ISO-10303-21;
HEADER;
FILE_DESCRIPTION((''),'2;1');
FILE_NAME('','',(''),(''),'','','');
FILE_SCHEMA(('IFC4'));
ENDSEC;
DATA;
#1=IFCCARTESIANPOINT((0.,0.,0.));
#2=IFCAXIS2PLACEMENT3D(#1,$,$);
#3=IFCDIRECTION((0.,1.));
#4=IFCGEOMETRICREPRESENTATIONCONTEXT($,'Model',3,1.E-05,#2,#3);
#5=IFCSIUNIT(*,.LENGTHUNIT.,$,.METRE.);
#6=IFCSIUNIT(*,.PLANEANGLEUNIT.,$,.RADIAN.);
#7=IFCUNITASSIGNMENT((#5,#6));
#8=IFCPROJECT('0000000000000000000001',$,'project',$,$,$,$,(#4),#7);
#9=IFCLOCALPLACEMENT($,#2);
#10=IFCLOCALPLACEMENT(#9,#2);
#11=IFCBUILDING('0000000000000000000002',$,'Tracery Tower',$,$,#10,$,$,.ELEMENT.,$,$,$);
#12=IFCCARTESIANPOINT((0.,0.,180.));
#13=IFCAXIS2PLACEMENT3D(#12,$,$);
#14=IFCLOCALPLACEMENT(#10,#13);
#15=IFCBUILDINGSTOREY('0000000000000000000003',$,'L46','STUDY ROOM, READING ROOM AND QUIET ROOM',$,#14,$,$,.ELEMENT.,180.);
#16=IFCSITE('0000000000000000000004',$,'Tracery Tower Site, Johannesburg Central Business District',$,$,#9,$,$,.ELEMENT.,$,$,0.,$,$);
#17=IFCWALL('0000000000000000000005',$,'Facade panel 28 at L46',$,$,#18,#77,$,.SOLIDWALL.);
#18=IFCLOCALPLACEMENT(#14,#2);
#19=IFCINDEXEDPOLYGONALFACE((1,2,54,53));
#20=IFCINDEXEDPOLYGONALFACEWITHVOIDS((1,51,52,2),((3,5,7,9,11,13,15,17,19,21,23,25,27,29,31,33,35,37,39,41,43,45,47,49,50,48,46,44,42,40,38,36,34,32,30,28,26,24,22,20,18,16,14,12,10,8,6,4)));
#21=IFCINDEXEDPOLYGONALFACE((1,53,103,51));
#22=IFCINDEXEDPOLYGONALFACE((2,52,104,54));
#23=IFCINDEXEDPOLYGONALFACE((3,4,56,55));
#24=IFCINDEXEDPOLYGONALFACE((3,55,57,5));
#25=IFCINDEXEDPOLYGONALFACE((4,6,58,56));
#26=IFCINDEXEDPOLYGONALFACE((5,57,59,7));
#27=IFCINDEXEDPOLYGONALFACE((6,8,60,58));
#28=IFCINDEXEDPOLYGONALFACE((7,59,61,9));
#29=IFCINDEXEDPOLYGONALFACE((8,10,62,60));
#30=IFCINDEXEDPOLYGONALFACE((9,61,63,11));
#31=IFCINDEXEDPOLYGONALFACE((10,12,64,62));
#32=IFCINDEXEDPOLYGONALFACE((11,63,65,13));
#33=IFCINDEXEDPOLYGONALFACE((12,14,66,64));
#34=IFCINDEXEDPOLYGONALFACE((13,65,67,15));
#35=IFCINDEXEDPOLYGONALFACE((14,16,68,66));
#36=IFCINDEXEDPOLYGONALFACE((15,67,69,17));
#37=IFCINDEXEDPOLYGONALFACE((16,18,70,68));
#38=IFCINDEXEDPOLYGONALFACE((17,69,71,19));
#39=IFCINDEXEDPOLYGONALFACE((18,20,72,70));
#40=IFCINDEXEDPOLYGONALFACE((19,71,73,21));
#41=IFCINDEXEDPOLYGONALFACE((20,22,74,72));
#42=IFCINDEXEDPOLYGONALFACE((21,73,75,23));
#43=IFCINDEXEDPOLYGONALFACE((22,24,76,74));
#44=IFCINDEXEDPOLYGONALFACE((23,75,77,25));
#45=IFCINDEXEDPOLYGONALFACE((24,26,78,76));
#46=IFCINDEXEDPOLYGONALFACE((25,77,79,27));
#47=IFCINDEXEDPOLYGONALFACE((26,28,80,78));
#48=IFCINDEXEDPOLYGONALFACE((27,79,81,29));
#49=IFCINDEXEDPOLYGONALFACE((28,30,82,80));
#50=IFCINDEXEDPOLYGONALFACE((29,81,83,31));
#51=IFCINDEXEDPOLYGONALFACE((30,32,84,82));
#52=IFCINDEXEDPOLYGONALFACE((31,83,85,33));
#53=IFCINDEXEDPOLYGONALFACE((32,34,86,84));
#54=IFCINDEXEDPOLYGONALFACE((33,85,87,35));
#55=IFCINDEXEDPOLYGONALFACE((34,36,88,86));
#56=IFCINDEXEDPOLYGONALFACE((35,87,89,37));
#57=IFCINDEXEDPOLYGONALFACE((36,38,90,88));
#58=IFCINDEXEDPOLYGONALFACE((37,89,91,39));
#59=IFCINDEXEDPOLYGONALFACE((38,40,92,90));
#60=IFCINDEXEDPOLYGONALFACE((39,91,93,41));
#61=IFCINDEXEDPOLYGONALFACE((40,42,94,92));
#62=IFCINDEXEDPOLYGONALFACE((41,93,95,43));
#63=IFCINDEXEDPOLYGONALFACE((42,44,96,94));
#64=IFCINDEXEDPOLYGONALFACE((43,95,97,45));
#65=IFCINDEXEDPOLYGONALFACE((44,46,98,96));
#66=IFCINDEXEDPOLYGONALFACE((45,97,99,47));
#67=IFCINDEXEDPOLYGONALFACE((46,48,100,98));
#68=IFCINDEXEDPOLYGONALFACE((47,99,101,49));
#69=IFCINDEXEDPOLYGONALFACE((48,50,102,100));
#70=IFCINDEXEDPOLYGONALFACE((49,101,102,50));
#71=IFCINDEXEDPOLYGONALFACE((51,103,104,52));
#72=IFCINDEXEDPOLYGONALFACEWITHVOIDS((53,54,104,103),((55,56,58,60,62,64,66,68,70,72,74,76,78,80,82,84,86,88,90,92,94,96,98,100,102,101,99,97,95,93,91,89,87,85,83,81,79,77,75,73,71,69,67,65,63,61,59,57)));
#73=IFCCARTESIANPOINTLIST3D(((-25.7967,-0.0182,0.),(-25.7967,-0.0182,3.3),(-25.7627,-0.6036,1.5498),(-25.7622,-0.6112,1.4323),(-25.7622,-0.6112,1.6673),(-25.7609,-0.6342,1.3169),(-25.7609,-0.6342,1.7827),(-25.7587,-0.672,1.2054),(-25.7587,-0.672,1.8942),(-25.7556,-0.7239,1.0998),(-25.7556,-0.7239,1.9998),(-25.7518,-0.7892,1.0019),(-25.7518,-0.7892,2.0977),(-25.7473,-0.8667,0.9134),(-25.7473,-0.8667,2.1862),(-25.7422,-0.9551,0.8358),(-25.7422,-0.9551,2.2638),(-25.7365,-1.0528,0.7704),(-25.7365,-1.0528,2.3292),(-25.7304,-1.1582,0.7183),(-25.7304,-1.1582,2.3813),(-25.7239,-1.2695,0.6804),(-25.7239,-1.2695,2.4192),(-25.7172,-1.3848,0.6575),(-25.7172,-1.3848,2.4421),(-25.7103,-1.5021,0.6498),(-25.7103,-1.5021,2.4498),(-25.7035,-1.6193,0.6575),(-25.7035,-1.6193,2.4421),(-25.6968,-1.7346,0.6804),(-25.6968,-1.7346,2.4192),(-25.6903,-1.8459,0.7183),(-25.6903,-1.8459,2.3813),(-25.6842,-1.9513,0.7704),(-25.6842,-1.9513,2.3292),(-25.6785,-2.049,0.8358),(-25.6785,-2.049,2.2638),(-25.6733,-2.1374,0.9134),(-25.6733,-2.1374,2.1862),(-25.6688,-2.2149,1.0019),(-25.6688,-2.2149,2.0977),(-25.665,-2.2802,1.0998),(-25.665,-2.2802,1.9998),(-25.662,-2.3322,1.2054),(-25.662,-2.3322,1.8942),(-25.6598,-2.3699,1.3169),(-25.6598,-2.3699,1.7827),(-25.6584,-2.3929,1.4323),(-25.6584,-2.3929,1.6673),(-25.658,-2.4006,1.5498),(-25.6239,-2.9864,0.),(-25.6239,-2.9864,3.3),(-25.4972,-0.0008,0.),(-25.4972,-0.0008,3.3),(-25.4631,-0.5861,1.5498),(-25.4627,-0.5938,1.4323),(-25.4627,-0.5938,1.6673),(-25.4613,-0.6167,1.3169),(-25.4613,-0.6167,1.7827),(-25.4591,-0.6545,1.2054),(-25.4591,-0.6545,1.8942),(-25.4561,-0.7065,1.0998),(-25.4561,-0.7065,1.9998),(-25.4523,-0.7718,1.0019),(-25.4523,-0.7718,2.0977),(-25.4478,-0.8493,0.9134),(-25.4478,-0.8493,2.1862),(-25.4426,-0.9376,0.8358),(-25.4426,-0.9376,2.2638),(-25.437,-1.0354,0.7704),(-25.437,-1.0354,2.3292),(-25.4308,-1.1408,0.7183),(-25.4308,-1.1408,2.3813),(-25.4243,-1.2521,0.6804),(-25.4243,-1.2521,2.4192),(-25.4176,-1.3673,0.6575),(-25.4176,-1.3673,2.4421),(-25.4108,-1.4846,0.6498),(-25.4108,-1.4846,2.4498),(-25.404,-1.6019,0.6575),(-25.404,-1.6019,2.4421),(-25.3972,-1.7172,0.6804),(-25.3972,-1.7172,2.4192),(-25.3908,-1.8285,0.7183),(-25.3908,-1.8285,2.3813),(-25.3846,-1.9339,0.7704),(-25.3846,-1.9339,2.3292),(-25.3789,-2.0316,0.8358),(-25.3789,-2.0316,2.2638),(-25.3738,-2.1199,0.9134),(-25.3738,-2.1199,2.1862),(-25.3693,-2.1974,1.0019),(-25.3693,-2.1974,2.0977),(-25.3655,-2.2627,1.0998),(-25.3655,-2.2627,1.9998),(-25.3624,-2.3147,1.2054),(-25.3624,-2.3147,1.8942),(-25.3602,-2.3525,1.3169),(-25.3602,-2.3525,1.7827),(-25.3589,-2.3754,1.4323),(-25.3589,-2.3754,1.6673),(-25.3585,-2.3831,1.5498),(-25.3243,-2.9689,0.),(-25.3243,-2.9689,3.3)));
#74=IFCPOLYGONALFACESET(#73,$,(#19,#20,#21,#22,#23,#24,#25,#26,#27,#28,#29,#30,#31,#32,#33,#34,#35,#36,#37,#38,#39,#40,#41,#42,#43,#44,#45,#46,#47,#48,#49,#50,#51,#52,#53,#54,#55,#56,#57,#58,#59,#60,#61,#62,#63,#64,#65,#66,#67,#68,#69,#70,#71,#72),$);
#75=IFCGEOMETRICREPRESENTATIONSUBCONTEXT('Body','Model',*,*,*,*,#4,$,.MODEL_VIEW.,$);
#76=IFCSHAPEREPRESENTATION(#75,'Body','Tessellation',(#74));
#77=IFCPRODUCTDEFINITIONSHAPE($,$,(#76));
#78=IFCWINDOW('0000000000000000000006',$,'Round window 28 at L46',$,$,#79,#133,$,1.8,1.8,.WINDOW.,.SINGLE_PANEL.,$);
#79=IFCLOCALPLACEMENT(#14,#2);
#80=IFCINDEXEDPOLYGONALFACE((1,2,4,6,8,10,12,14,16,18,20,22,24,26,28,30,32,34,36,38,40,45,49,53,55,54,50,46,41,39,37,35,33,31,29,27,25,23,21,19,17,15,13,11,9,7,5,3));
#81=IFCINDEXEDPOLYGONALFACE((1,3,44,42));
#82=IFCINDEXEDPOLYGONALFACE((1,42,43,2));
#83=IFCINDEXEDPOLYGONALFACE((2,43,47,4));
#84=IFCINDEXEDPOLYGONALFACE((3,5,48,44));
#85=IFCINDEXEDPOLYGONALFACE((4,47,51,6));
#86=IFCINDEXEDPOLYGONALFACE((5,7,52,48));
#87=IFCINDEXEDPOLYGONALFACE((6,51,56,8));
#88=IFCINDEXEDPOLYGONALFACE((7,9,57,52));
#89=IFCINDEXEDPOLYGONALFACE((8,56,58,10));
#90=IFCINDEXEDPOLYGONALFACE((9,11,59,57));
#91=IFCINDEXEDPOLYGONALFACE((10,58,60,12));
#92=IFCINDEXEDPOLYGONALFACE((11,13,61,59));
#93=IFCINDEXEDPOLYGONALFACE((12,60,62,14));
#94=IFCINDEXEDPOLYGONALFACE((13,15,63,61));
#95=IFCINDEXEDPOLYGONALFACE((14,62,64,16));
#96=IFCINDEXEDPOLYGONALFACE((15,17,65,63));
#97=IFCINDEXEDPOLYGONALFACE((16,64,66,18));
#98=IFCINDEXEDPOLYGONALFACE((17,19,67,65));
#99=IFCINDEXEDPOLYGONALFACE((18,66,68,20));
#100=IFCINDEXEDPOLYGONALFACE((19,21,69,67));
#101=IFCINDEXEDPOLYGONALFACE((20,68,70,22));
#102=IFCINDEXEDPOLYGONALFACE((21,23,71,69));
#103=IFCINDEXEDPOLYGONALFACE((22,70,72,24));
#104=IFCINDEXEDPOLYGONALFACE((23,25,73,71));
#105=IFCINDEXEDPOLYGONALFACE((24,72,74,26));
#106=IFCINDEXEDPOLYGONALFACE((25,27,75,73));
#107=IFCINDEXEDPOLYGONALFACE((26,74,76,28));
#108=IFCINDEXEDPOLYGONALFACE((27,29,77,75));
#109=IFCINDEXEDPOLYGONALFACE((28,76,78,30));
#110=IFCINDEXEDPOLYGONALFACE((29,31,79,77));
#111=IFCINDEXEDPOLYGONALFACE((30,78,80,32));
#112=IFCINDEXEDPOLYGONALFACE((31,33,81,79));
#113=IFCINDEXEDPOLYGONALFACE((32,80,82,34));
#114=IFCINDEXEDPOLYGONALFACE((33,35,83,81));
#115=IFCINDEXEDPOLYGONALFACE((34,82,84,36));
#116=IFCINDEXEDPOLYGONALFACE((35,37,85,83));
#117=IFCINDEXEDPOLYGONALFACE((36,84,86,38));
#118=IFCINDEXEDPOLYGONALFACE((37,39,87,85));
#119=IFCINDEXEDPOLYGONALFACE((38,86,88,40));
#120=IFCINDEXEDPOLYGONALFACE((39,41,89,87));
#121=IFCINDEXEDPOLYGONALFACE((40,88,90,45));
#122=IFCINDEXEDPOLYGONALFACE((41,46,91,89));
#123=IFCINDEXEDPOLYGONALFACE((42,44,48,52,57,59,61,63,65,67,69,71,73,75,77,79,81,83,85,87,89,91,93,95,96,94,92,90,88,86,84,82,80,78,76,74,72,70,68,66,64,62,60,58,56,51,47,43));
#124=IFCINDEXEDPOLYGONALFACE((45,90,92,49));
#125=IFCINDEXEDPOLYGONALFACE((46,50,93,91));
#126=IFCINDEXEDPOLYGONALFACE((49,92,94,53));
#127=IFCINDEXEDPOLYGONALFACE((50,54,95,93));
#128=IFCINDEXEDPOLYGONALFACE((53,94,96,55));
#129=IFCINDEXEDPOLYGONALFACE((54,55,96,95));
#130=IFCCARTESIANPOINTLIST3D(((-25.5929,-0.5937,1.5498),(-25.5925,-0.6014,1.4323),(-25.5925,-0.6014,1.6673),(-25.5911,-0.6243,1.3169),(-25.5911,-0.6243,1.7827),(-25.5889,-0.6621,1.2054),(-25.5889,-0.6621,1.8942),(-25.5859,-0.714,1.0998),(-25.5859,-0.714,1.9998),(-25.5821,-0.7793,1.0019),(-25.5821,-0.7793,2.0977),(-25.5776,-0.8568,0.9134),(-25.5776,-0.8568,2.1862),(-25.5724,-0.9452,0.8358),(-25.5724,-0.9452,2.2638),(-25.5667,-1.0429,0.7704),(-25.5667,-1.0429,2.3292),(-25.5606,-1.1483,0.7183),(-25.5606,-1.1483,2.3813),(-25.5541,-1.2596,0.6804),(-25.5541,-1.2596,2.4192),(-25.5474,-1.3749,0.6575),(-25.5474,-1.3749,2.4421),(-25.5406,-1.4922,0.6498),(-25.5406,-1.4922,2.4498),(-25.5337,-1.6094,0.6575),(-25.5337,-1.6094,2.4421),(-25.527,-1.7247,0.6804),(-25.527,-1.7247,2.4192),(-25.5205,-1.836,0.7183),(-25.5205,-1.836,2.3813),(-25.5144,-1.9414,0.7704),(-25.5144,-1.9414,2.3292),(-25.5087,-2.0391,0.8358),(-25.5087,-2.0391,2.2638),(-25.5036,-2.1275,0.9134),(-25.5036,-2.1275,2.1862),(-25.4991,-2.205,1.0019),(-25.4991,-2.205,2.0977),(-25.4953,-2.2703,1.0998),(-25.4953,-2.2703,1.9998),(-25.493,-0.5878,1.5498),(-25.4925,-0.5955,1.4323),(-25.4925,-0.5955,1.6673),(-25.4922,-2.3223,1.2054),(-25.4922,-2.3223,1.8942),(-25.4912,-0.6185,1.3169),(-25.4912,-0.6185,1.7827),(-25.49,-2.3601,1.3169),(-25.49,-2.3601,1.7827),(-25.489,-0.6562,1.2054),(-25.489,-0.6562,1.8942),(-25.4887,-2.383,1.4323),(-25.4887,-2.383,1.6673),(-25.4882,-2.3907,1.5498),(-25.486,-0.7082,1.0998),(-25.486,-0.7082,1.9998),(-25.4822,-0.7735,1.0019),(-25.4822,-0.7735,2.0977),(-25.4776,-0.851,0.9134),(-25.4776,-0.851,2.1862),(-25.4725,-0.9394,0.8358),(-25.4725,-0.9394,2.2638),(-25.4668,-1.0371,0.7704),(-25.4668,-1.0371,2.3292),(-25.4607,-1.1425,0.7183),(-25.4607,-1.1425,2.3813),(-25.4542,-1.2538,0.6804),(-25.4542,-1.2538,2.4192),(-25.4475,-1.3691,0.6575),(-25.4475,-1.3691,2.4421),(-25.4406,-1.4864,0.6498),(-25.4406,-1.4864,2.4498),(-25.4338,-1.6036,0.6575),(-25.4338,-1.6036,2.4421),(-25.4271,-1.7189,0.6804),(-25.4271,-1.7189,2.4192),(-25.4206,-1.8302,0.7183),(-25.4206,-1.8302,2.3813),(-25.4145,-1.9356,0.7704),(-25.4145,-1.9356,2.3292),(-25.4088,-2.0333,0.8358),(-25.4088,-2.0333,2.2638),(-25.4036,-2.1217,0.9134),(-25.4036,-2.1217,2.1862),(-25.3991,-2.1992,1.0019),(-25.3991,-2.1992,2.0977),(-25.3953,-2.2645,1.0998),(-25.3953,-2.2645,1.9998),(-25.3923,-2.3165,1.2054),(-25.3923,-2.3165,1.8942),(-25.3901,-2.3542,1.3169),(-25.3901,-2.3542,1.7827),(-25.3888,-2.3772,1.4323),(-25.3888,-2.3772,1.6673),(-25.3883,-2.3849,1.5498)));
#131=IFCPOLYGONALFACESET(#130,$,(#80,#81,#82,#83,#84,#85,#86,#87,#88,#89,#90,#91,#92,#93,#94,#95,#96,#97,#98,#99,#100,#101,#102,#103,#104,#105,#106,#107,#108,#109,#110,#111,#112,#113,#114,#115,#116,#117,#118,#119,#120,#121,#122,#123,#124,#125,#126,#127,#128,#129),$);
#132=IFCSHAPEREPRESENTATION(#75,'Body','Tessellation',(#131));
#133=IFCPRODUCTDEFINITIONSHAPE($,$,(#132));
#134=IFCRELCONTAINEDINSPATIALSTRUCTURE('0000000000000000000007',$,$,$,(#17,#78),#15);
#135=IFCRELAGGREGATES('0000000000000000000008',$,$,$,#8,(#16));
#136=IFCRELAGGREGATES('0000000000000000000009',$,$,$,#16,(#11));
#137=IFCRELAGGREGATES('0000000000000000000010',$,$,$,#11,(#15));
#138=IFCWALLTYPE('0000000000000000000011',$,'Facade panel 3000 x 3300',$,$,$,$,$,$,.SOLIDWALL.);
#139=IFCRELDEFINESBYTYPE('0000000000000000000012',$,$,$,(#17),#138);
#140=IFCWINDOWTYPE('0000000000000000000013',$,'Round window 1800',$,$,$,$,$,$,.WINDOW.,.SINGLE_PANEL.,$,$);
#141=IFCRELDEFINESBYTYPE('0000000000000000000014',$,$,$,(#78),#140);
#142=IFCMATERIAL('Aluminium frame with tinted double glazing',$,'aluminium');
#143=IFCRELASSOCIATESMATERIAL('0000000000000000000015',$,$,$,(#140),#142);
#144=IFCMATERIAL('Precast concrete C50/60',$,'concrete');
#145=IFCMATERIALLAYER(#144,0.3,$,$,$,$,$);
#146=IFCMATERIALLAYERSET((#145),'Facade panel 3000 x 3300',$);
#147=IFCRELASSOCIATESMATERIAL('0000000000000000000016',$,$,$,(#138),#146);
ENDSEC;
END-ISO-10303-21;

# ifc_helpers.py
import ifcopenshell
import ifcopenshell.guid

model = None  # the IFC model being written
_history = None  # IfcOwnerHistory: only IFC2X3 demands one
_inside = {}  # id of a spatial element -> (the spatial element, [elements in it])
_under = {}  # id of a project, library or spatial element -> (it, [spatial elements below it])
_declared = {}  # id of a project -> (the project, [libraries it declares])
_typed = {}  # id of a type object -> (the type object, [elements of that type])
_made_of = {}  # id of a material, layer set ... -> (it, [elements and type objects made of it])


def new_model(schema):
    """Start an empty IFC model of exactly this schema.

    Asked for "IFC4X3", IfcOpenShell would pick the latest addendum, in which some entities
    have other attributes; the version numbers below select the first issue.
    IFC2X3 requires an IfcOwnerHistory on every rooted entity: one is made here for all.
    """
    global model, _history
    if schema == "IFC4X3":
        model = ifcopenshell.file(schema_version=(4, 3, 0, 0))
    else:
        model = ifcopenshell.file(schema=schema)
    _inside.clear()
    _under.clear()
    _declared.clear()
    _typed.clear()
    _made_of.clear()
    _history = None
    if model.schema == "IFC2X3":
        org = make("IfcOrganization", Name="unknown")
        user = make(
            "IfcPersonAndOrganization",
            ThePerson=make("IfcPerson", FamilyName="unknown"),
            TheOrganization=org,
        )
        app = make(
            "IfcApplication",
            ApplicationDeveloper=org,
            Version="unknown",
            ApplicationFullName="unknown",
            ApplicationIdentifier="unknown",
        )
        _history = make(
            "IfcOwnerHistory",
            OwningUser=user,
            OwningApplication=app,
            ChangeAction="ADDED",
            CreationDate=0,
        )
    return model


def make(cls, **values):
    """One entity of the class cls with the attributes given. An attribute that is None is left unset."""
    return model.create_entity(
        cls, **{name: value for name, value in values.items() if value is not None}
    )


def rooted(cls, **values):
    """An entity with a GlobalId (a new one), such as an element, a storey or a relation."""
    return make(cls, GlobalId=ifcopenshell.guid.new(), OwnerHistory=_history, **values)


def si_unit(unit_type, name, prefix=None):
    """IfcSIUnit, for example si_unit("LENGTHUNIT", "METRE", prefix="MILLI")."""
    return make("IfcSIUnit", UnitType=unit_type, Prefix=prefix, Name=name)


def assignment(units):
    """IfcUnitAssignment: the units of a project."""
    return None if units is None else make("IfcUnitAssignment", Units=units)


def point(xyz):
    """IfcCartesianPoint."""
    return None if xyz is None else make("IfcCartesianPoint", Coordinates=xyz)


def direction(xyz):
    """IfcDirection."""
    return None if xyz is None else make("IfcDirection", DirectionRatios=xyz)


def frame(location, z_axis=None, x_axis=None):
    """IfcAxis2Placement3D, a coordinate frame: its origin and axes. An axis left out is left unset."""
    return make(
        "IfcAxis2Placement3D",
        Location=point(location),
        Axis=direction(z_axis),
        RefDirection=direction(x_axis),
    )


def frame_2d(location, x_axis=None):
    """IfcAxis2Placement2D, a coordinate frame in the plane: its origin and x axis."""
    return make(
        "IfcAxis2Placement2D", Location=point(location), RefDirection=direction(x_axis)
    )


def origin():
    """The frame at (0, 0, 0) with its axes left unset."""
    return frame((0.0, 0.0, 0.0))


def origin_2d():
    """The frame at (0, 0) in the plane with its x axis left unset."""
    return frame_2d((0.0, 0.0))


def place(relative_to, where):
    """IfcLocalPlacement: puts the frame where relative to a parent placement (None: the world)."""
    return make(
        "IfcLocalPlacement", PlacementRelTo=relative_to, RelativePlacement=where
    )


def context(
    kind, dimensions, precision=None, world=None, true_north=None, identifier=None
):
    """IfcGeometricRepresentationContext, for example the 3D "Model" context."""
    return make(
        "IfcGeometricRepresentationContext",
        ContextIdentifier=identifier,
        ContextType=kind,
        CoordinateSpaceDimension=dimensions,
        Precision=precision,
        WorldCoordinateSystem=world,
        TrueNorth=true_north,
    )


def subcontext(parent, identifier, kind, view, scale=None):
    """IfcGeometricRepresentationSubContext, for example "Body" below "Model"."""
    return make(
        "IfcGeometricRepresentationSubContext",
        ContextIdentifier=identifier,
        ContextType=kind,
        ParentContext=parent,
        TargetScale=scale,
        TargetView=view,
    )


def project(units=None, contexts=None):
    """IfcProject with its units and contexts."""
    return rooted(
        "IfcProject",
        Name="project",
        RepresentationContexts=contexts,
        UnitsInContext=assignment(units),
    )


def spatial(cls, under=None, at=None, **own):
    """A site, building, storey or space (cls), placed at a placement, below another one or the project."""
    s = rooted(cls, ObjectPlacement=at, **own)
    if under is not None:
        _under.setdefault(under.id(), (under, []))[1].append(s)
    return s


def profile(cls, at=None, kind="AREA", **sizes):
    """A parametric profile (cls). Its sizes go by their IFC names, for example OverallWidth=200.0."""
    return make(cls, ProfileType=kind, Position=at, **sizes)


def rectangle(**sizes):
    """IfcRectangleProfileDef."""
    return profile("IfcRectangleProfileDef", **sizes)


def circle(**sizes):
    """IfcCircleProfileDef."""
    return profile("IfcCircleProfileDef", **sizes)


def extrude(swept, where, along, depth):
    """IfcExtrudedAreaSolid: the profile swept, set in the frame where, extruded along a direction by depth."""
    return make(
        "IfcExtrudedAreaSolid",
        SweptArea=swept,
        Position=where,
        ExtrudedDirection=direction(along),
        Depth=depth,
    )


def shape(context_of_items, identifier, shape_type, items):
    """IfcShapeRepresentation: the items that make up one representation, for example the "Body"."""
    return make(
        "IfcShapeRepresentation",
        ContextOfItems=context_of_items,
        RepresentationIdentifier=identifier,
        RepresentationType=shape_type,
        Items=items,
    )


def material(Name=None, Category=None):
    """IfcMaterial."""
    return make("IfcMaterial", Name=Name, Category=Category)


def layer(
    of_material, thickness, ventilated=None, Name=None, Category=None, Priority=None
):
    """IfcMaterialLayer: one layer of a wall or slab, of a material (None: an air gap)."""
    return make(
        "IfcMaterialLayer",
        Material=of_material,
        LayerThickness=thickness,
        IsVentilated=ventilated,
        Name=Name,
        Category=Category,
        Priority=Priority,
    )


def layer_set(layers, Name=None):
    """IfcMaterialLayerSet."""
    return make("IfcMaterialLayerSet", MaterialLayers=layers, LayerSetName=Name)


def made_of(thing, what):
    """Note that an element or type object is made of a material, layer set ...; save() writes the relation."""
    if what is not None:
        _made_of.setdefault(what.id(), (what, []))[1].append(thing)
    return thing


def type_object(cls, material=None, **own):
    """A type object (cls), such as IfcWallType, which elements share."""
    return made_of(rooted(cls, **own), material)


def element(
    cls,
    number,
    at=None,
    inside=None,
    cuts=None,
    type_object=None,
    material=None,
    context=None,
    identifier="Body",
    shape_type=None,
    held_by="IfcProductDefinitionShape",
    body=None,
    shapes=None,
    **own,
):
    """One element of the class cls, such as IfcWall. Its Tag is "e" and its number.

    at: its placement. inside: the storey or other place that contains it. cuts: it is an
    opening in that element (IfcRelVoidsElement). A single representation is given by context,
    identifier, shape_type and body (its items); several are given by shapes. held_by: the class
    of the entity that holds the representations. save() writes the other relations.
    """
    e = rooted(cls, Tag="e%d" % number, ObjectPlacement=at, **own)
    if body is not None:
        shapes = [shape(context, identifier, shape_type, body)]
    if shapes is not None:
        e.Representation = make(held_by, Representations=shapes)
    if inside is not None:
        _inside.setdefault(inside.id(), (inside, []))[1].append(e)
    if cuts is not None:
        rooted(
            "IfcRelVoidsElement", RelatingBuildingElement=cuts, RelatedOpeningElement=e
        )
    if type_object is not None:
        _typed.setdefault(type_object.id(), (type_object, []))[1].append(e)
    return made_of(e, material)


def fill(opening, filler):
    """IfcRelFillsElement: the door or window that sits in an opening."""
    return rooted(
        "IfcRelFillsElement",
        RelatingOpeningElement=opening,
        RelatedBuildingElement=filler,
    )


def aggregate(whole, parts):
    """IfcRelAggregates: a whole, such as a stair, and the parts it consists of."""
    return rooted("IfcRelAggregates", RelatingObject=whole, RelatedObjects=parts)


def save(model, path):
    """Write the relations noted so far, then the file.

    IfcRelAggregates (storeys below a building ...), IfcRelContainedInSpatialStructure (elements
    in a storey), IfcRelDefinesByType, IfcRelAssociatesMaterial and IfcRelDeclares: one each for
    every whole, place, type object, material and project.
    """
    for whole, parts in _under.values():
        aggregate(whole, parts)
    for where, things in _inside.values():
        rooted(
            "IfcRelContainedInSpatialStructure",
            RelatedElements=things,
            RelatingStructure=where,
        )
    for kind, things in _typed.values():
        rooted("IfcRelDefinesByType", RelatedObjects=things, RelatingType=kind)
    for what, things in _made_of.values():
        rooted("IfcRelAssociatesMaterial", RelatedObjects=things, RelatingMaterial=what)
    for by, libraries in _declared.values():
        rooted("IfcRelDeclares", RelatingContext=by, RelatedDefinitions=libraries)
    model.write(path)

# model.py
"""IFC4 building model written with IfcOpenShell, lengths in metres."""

from ifc_helpers import new_model, si_unit, direction, frame, frame_2d, origin, origin_2d, place, context, subcontext, project, spatial, rectangle, circle, extrude, material, layer, layer_set, type_object, element, fill, save


model = new_model("IFC4")

# Units and contexts
model_context = context("Model", 3, precision=1e-05, world=origin(), true_north=direction((0.0, 1.0)))
body_context = subcontext(model_context, "Body", "Model", "MODEL_VIEW")
ifc_project = project(units=[si_unit("LENGTHUNIT", "METRE"), si_unit("PLANEANGLEUNIT", "RADIAN")], contexts=[model_context])

# Site, building, storey
site_placement = place(None, origin())
site = spatial("IfcSite", under=ifc_project, at=site_placement, Name="Tracery Tower Site, Johannesburg Central Business District", CompositionType="ELEMENT", RefElevation=0.0)
building_placement = place(site_placement, origin())
building = spatial("IfcBuilding", under=site, at=building_placement, Name="Tracery Tower", CompositionType="ELEMENT")
storey_placement = place(building_placement, frame((0.0, 0.0, 180.0)))
storey = spatial("IfcBuildingStorey", under=building, at=storey_placement, Name="L46", Description="STUDY ROOM, READING ROOM AND QUIET ROOM", CompositionType="ELEMENT", Elevation=180.0)

# Wall, opening, window
ifc_material_1 = material(Name="Aluminium frame with tinted double glazing", Category="aluminium")
window_type = type_object("IfcWindowType", Name="Round window 1800", PartitioningType="SINGLE_PANEL", PredefinedType="WINDOW", material=ifc_material_1)
ifc_material_2 = material(Name="Precast concrete C50/60", Category="concrete")
ifc_layer_1 = layer(ifc_material_2, 0.3)
ifc_layer_set_1 = layer_set([ifc_layer_1], Name="Facade panel 3000 x 3300")
wall_type_1 = type_object("IfcWallType", Name="Facade panel 3000 x 3300", PredefinedType="SOLIDWALL", material=ifc_layer_set_1)
wall_1_placement = place(storey_placement, frame((-25.647, -0.0095, 0.0), z_axis=(0.0, 0.0, 1.0), x_axis=(0.05814, -0.998308, 0.0)))
wall_1 = element("IfcWall", 1, at=wall_1_placement, inside=storey, type_object=wall_type_1, Name="Facade panel 28 at L46", PredefinedType="SOLIDWALL", context=body_context, shape_type="SweptSolid", body=[
    extrude(rectangle(XDim=2.9731, YDim=0.3, at=frame_2d((1.4866, 0.0))), origin(), (0.0, 0.0, 1.0), 3.3),
])
opening_1_placement = place(wall_1_placement, frame((1.4863, 0.0, 1.5498)))
opening_1 = element("IfcOpeningElement", 2, at=opening_1_placement, cuts=wall_1, PredefinedType="OPENING", context=body_context, shape_type="SweptSolid", body=[
    extrude(circle(Radius=0.9, at=origin_2d()), frame((0.0, 0.1599, 0.0), z_axis=(0.0, -1.0, 0.0), x_axis=(1.0, 0.0, 0.0)), (0.0, 0.0, 1.0), 0.3201),
])
window_1_placement = place(opening_1_placement, origin())
window_1 = element("IfcWindow", 3, at=window_1_placement, inside=storey, type_object=window_type, Name="Round window 28 at L46", OverallHeight=1.8, OverallWidth=1.8, PartitioningType="SINGLE_PANEL", PredefinedType="WINDOW", context=body_context, shape_type="SweptSolid", body=[
    extrude(circle(Radius=0.9, at=origin_2d()), frame((0.0, 0.1201, 0.0), z_axis=(0.0, -1.0, 0.0), x_axis=(1.0, 0.0, 0.0)), (0.0, 0.0, 1.0), 0.1001),
])
fill(opening_1, window_1)

save(model, "model.ifc")
